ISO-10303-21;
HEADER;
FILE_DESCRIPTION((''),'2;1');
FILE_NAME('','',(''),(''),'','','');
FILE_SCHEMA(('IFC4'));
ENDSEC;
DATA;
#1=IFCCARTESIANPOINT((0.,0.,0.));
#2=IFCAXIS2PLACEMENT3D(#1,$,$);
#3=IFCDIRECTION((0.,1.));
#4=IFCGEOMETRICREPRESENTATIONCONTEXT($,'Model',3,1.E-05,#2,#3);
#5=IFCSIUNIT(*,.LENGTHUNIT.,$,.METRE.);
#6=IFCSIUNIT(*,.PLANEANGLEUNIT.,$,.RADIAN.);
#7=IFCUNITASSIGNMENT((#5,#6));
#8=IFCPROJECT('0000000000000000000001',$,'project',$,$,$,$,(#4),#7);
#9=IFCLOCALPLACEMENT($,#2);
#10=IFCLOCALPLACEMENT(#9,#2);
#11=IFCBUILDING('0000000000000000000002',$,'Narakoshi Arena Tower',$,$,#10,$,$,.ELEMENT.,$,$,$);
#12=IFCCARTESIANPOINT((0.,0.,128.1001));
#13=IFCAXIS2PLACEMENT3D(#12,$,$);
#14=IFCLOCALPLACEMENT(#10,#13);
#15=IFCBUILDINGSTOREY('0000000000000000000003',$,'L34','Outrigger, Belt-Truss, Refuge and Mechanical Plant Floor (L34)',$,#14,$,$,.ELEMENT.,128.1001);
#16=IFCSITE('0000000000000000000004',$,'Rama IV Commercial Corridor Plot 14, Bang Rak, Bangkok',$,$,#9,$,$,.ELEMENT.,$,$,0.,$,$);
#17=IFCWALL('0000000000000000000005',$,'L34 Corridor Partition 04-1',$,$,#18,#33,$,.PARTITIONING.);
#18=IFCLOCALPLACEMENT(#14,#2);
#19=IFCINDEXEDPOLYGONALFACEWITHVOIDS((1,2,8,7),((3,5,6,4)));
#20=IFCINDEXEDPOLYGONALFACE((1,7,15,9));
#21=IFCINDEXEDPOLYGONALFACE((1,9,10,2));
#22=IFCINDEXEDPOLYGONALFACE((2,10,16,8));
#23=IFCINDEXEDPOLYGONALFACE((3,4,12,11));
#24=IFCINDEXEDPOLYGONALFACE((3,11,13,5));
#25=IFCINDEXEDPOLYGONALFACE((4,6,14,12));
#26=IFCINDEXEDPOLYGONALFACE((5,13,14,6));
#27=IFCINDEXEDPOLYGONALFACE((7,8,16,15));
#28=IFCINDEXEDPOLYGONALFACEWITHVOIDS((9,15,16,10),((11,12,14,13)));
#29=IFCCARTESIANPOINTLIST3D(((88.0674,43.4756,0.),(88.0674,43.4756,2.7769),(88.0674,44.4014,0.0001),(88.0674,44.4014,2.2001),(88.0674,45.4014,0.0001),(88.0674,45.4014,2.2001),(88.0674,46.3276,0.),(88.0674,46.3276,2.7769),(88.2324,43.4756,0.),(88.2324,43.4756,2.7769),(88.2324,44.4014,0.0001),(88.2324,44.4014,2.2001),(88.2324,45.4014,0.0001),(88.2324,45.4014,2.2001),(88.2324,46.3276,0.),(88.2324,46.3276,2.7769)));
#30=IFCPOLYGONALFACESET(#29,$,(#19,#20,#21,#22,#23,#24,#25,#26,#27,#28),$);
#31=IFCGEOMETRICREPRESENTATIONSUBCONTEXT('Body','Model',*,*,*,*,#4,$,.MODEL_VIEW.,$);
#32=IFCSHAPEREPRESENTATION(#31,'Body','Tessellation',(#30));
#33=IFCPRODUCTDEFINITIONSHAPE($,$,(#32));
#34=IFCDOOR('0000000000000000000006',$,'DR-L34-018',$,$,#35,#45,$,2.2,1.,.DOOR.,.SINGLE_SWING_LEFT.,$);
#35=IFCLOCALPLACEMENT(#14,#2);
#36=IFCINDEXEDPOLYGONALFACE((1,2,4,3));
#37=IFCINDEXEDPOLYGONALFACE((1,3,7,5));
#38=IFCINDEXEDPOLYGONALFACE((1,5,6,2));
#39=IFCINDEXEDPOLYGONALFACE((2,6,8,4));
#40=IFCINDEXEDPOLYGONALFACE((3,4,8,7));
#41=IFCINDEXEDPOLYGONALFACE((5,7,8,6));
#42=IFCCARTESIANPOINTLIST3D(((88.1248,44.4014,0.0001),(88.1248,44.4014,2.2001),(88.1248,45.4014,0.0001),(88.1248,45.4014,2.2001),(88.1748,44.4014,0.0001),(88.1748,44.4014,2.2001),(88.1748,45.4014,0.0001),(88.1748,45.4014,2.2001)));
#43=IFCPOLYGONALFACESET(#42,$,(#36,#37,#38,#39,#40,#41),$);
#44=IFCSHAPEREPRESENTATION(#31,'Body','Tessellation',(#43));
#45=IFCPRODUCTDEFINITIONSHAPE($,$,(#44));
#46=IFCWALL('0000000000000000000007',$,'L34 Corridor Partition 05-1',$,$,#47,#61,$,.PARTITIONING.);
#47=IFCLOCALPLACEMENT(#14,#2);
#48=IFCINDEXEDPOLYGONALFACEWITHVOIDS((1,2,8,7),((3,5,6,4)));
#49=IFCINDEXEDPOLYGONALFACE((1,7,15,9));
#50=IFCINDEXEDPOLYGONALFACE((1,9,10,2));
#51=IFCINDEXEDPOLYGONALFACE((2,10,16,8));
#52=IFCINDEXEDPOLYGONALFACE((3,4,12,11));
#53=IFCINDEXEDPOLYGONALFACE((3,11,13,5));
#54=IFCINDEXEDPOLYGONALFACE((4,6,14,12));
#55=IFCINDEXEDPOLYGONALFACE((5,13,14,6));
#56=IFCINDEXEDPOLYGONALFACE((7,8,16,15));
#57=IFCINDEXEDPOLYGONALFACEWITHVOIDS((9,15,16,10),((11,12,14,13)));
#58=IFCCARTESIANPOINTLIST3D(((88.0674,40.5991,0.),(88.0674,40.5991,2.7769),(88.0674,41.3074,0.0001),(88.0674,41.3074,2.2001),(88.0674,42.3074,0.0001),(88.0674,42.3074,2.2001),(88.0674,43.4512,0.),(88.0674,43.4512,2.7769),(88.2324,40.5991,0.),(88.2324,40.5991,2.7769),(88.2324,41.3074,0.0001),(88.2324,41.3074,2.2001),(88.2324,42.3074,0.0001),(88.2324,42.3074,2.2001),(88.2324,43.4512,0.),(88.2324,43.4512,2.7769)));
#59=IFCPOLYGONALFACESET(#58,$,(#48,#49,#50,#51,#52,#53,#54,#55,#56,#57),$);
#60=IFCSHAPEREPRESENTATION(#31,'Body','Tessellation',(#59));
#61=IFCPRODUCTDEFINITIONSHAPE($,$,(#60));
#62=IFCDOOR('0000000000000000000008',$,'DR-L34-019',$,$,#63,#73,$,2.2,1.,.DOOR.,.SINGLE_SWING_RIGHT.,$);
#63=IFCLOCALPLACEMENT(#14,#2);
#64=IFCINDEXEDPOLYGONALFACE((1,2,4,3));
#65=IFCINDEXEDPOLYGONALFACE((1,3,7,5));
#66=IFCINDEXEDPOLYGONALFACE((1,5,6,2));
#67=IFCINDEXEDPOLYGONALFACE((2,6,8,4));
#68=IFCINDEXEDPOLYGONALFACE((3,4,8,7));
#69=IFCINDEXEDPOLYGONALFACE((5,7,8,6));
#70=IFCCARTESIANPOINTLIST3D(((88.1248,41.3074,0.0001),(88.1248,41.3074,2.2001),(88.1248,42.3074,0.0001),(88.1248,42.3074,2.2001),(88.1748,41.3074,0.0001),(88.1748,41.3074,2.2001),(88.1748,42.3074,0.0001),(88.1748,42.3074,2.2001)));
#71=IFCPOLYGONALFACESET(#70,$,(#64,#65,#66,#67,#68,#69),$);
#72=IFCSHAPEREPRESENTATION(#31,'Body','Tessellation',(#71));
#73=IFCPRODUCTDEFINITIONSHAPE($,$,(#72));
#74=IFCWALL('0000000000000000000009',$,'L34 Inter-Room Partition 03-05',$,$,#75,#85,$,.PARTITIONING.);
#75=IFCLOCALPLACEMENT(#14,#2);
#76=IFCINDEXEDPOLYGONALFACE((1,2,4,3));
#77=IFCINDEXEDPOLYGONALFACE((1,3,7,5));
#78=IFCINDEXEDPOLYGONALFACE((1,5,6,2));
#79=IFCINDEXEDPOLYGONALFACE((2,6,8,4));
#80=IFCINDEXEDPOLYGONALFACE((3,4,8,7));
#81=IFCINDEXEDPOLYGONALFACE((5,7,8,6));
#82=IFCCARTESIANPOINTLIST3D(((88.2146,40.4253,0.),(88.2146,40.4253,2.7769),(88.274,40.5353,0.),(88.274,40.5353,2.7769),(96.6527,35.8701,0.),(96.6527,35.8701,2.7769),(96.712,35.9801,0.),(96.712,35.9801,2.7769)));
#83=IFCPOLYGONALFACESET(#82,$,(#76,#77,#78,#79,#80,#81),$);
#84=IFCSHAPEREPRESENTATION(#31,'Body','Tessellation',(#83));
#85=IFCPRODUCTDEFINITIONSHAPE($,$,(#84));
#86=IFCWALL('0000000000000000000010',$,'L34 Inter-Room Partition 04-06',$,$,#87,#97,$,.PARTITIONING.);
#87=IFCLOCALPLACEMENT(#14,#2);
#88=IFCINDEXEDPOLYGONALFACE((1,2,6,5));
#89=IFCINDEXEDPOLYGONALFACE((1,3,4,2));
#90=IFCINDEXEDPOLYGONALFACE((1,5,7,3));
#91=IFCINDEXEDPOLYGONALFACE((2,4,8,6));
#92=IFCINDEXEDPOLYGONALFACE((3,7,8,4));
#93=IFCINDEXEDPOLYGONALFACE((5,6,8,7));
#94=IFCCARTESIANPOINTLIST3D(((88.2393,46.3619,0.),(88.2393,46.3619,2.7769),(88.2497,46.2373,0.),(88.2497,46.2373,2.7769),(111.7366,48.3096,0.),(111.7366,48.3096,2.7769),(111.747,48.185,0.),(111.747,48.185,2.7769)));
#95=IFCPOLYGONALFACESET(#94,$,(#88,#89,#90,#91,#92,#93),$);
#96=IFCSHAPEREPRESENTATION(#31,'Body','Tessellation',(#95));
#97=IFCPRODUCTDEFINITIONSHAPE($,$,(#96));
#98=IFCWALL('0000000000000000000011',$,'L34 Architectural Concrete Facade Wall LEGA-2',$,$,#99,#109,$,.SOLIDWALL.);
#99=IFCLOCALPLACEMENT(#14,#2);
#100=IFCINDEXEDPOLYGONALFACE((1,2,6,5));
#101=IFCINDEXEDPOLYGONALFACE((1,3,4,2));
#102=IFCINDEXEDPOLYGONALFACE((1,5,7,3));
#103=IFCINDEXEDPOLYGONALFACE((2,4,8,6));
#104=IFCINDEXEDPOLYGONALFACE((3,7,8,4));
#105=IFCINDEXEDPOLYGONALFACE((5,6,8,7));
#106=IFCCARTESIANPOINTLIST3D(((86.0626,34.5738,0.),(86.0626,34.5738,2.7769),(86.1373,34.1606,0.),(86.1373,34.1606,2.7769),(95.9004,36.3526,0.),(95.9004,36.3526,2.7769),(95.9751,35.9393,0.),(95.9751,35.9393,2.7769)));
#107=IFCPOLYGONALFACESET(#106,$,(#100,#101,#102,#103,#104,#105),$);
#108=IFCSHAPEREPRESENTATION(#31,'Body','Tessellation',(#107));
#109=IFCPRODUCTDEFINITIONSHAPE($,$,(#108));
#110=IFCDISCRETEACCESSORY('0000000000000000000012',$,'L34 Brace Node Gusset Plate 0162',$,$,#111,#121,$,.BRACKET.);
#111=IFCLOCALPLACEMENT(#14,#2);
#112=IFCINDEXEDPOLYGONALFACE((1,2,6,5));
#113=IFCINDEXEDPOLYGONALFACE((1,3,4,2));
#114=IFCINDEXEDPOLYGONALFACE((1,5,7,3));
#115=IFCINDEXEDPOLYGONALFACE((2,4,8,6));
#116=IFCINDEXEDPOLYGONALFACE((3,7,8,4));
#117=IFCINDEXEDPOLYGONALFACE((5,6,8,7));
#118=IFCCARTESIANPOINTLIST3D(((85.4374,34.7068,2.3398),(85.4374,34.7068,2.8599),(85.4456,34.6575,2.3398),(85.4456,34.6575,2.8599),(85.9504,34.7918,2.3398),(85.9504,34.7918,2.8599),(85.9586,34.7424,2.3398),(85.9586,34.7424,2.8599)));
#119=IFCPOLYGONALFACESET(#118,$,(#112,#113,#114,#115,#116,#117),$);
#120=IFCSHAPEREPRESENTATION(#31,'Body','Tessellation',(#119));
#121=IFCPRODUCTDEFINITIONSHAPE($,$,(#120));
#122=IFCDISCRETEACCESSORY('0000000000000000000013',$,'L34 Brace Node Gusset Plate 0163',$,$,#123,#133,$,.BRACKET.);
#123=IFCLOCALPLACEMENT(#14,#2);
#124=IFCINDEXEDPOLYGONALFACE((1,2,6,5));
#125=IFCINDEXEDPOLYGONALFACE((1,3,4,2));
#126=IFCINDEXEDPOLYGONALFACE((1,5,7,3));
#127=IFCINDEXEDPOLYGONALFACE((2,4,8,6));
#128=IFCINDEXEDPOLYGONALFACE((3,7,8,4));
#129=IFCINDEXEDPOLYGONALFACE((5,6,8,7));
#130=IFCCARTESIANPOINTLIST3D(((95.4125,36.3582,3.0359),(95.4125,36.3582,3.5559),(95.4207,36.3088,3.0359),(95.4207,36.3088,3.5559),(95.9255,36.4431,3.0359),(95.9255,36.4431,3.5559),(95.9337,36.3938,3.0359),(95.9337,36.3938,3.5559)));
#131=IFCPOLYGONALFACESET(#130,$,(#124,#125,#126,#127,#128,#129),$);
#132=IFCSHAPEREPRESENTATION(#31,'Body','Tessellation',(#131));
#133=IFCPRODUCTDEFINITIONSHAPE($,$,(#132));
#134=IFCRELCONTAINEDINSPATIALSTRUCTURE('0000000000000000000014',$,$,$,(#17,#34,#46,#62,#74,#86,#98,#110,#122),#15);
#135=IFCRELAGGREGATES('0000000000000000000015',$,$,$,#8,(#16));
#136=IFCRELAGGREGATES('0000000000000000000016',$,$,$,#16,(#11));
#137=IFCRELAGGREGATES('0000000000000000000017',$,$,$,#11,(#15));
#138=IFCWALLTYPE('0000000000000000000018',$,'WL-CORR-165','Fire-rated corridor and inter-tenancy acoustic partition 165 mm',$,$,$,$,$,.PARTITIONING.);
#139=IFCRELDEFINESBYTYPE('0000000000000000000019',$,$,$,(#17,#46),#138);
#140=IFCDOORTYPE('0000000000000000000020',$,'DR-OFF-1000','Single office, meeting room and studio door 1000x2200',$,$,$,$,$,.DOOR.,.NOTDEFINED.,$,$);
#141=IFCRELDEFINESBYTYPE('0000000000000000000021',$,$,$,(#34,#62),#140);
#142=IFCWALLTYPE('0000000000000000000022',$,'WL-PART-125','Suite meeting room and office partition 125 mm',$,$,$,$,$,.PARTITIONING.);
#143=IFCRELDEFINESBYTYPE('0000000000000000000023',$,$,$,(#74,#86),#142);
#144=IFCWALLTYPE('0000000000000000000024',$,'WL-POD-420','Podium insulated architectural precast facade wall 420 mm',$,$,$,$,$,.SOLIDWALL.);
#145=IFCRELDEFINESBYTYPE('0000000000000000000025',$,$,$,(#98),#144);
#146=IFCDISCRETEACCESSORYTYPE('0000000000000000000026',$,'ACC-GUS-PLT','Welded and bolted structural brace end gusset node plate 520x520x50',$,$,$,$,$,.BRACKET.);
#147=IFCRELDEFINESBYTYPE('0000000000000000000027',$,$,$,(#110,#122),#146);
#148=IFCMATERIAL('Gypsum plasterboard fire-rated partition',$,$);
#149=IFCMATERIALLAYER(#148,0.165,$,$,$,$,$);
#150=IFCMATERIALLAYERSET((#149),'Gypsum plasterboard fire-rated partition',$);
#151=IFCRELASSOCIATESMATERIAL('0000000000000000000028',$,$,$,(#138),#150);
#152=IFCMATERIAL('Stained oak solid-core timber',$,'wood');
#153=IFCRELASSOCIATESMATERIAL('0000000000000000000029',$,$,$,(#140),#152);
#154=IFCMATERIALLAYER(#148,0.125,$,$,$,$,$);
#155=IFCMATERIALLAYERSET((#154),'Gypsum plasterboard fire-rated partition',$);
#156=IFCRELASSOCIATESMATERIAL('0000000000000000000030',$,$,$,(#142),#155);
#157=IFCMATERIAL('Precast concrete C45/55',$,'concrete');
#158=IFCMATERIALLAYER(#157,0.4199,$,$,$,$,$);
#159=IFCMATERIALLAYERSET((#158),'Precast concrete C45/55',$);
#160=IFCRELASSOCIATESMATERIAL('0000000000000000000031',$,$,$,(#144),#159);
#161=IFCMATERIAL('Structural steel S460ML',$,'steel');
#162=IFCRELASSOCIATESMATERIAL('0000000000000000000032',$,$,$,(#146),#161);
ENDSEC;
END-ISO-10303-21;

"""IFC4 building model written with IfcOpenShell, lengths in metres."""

from ifc_helpers import new_model, si_unit, direction, frame, frame_2d, origin, origin_2d, place, context, subcontext, project, spatial, rectangle, extrude, material, layer, layer_set, type_object, element, fill, save


model = new_model("IFC4")

# Units and contexts
model_context = context("Model", 3, precision=1e-05, world=origin(), true_north=direction((0.0, 1.0)))
body_context = subcontext(model_context, "Body", "Model", "MODEL_VIEW")
ifc_project = project(units=[si_unit("LENGTHUNIT", "METRE"), si_unit("PLANEANGLEUNIT", "RADIAN")], contexts=[model_context])

# Site, building, storey
site_placement = place(None, origin())
site = spatial("IfcSite", under=ifc_project, at=site_placement, Name="Rama IV Commercial Corridor Plot 14, Bang Rak, Bangkok", CompositionType="ELEMENT", RefElevation=0.0)
building_placement = place(site_placement, origin())
building = spatial("IfcBuilding", under=site, at=building_placement, Name="Narakoshi Arena Tower", CompositionType="ELEMENT")
storey_placement = place(building_placement, frame((0.0, 0.0, 128.1001)))
storey = spatial("IfcBuildingStorey", under=building, at=storey_placement, Name="L34", Description="Outrigger, Belt-Truss, Refuge and Mechanical Plant Floor (L34)", CompositionType="ELEMENT", Elevation=128.1001)

# Shared definitions
ifc_material_1 = material(Name="Structural steel S460ML", Category="steel")

# Shared definitions
ifc_material_2 = material(Name="Gypsum plasterboard fire-rated partition")
ifc_layer_1 = layer(ifc_material_2, 0.165)
ifc_layer_set_1 = layer_set([ifc_layer_1], Name="Gypsum plasterboard fire-rated partition")
wall_type_1 = type_object("IfcWallType", Name="WL-CORR-165", Description="Fire-rated corridor and inter-tenancy acoustic partition 165 mm", PredefinedType="PARTITIONING", material=ifc_layer_set_1)

# Walls, openings, doors
wall_1_placement = place(storey_placement, frame((88.1499, 43.4756, 0.0), z_axis=(0.0, 0.0, 1.0), x_axis=(0.0, 1.0, 0.0)))
wall_1 = element("IfcWall", 1, at=wall_1_placement, inside=storey, type_object=wall_type_1, Name="L34 Corridor Partition 04-1", PredefinedType="PARTITIONING", context=body_context, shape_type="SweptSolid", body=[
    extrude(rectangle(XDim=2.8521, YDim=0.165, at=frame_2d((1.426, 0.0))), origin(), (0.0, 0.0, 1.0), 2.7769),
])
opening_1_placement = place(wall_1_placement, frame((0.9258, 0.0, 0.0)))
opening_1 = element("IfcOpeningElement", 2, at=opening_1_placement, cuts=wall_1, PredefinedType="OPENING", context=body_context, shape_type="SweptSolid", body=[
    extrude(rectangle(XDim=1.0, YDim=2.2, at=frame_2d((0.5, 1.1001))), frame((0.0, 0.0925, 0.0), z_axis=(0.0, -1.0, 0.0), x_axis=(1.0, 0.0, 0.0)), (0.0, 0.0, 1.0), 0.1851),
])
ifc_material_3 = material(Name="Stained oak solid-core timber", Category="wood")
door_type_1 = type_object("IfcDoorType", Name="DR-OFF-1000", Description="Single office, meeting room and studio door 1000x2200", OperationType="NOTDEFINED", PredefinedType="DOOR", material=ifc_material_3)
door_1_placement = place(opening_1_placement, frame((1.0, 0.0, 0.0), z_axis=(0.0, 0.0, 1.0), x_axis=(-1.0, 0.0, 0.0)))
door_1 = element("IfcDoor", 3, at=door_1_placement, inside=storey, type_object=door_type_1, Name="DR-L34-018", OperationType="SINGLE_SWING_LEFT", OverallHeight=2.2, OverallWidth=1.0, PredefinedType="DOOR", context=body_context, shape_type="SweptSolid", body=[
    extrude(rectangle(XDim=1.0, YDim=2.2, at=frame_2d((0.5, 1.1001))), frame((0.0, 0.0249, 0.0), z_axis=(0.0, -1.0, 0.0), x_axis=(1.0, 0.0, 0.0)), (0.0, 0.0, 1.0), 0.05),
])
fill(opening_1, door_1)
wall_2_placement = place(storey_placement, frame((88.1499, 40.5991, 0.0), z_axis=(0.0, 0.0, 1.0), x_axis=(0.0, 1.0, 0.0)))
wall_2 = element("IfcWall", 4, at=wall_2_placement, inside=storey, type_object=wall_type_1, Name="L34 Corridor Partition 05-1", PredefinedType="PARTITIONING", context=body_context, shape_type="SweptSolid", body=[
    extrude(rectangle(XDim=2.8521, YDim=0.165, at=frame_2d((1.426, 0.0))), origin(), (0.0, 0.0, 1.0), 2.7769),
])
opening_2_placement = place(wall_2_placement, frame((0.7083, 0.0, 0.0)))
opening_2 = element("IfcOpeningElement", 5, at=opening_2_placement, cuts=wall_2, PredefinedType="OPENING", context=body_context, shape_type="SweptSolid", body=[
    extrude(rectangle(XDim=1.0, YDim=2.2, at=frame_2d((0.5, 1.1001))), frame((0.0, 0.0925, 0.0), z_axis=(0.0, -1.0, 0.0), x_axis=(1.0, 0.0, 0.0)), (0.0, 0.0, 1.0), 0.1851),
])
door_2_placement = place(opening_2_placement, frame((1.0, 0.0, 0.0), z_axis=(0.0, 0.0, 1.0), x_axis=(-1.0, 0.0, 0.0)))
door_2 = element("IfcDoor", 6, at=door_2_placement, inside=storey, type_object=door_type_1, Name="DR-L34-019", OperationType="SINGLE_SWING_RIGHT", OverallHeight=2.2, OverallWidth=1.0, PredefinedType="DOOR", context=body_context, shape_type="SweptSolid", body=[
    extrude(rectangle(XDim=1.0, YDim=2.2, at=frame_2d((0.5, 1.1001))), frame((0.0, 0.0249, 0.0), z_axis=(0.0, -1.0, 0.0), x_axis=(1.0, 0.0, 0.0)), (0.0, 0.0, 1.0), 0.05),
])
fill(opening_2, door_2)

# Walls
ifc_layer_2 = layer(ifc_material_2, 0.125)
ifc_layer_set_2 = layer_set([ifc_layer_2], Name="Gypsum plasterboard fire-rated partition")
wall_type_2 = type_object("IfcWallType", Name="WL-PART-125", Description="Suite meeting room and office partition 125 mm", PredefinedType="PARTITIONING", material=ifc_layer_set_2)
wall_3_placement = place(storey_placement, frame((88.2444, 40.4802, 0.0), z_axis=(0.0, 0.0, 1.0), x_axis=(0.879964, -0.475041, 0.0)))
element("IfcWall", 7, at=wall_3_placement, inside=storey, type_object=wall_type_2, Name="L34 Inter-Room Partition 03-05", PredefinedType="PARTITIONING", context=body_context, shape_type="SweptSolid", body=[
    extrude(rectangle(XDim=9.5891, YDim=0.125, at=frame_2d((4.7944, 0.0))), origin(), (0.0, 0.0, 1.0), 2.7769),
])
wall_4_placement = place(storey_placement, frame((88.2444, 46.2996, 0.0), z_axis=(0.0, 0.0, 1.0), x_axis=(0.996582, 0.082609, 0.0)))
element("IfcWall", 8, at=wall_4_placement, inside=storey, type_object=wall_type_2, Name="L34 Inter-Room Partition 04-06", PredefinedType="PARTITIONING", context=body_context, shape_type="SweptSolid", body=[
    extrude(rectangle(XDim=23.5779, YDim=0.125, at=frame_2d((11.7891, 0.0))), origin(), (0.0, 0.0, 1.0), 2.7769),
])
ifc_material_4 = material(Name="Precast concrete C45/55", Category="concrete")
ifc_layer_3 = layer(ifc_material_4, 0.4199)
ifc_layer_set_3 = layer_set([ifc_layer_3], Name="Precast concrete C45/55")
wall_type_3 = type_object("IfcWallType", Name="WL-POD-420", Description="Podium insulated architectural precast facade wall 420 mm", PredefinedType="SOLIDWALL", material=ifc_layer_set_3)
wall_5_placement = place(storey_placement, frame((86.1001, 34.3672, 0.0), z_axis=(0.0, 0.0, 1.0), x_axis=(0.984044, 0.177927, 0.0)))
element("IfcWall", 9, at=wall_5_placement, inside=storey, type_object=wall_type_3, Name="L34 Architectural Concrete Facade Wall LEGA-2", PredefinedType="SOLIDWALL", context=body_context, shape_type="SweptSolid", body=[
    extrude(rectangle(XDim=9.9973, YDim=0.4199, at=frame_2d((4.9985, 0.0))), origin(), (0.0, 0.0, 1.0), 2.7769),
])

# Discrete accessories
discrete_accessory_type = type_object("IfcDiscreteAccessoryType", Name="ACC-GUS-PLT", Description="Welded and bolted structural brace end gusset node plate 520x520x50", PredefinedType="BRACKET", material=ifc_material_1)
for number, where, z_axis, x_axis, name in (
    (10, (85.698, 34.7246, 2.3398), (0.0, 0.0, 1.0), (0.986572, 0.163326, 0.0), "L34 Brace Node Gusset Plate 0162"),
    (11, (95.6731, 36.376, 3.0359), (0.0, 0.0, 1.0), (0.986572, 0.163326, 0.0), "L34 Brace Node Gusset Plate 0163"),
):
    element("IfcDiscreteAccessory", number, at=place(storey_placement, frame(where, z_axis=z_axis, x_axis=x_axis)), inside=storey, type_object=discrete_accessory_type, Name=name, PredefinedType="BRACKET", context=body_context, shape_type="SweptSolid", body=[
        extrude(rectangle(XDim=0.52, YDim=0.05, at=origin_2d()), origin(), (0.0, 0.0, 1.0), 0.52),
    ])

save(model, "model.ifc")
